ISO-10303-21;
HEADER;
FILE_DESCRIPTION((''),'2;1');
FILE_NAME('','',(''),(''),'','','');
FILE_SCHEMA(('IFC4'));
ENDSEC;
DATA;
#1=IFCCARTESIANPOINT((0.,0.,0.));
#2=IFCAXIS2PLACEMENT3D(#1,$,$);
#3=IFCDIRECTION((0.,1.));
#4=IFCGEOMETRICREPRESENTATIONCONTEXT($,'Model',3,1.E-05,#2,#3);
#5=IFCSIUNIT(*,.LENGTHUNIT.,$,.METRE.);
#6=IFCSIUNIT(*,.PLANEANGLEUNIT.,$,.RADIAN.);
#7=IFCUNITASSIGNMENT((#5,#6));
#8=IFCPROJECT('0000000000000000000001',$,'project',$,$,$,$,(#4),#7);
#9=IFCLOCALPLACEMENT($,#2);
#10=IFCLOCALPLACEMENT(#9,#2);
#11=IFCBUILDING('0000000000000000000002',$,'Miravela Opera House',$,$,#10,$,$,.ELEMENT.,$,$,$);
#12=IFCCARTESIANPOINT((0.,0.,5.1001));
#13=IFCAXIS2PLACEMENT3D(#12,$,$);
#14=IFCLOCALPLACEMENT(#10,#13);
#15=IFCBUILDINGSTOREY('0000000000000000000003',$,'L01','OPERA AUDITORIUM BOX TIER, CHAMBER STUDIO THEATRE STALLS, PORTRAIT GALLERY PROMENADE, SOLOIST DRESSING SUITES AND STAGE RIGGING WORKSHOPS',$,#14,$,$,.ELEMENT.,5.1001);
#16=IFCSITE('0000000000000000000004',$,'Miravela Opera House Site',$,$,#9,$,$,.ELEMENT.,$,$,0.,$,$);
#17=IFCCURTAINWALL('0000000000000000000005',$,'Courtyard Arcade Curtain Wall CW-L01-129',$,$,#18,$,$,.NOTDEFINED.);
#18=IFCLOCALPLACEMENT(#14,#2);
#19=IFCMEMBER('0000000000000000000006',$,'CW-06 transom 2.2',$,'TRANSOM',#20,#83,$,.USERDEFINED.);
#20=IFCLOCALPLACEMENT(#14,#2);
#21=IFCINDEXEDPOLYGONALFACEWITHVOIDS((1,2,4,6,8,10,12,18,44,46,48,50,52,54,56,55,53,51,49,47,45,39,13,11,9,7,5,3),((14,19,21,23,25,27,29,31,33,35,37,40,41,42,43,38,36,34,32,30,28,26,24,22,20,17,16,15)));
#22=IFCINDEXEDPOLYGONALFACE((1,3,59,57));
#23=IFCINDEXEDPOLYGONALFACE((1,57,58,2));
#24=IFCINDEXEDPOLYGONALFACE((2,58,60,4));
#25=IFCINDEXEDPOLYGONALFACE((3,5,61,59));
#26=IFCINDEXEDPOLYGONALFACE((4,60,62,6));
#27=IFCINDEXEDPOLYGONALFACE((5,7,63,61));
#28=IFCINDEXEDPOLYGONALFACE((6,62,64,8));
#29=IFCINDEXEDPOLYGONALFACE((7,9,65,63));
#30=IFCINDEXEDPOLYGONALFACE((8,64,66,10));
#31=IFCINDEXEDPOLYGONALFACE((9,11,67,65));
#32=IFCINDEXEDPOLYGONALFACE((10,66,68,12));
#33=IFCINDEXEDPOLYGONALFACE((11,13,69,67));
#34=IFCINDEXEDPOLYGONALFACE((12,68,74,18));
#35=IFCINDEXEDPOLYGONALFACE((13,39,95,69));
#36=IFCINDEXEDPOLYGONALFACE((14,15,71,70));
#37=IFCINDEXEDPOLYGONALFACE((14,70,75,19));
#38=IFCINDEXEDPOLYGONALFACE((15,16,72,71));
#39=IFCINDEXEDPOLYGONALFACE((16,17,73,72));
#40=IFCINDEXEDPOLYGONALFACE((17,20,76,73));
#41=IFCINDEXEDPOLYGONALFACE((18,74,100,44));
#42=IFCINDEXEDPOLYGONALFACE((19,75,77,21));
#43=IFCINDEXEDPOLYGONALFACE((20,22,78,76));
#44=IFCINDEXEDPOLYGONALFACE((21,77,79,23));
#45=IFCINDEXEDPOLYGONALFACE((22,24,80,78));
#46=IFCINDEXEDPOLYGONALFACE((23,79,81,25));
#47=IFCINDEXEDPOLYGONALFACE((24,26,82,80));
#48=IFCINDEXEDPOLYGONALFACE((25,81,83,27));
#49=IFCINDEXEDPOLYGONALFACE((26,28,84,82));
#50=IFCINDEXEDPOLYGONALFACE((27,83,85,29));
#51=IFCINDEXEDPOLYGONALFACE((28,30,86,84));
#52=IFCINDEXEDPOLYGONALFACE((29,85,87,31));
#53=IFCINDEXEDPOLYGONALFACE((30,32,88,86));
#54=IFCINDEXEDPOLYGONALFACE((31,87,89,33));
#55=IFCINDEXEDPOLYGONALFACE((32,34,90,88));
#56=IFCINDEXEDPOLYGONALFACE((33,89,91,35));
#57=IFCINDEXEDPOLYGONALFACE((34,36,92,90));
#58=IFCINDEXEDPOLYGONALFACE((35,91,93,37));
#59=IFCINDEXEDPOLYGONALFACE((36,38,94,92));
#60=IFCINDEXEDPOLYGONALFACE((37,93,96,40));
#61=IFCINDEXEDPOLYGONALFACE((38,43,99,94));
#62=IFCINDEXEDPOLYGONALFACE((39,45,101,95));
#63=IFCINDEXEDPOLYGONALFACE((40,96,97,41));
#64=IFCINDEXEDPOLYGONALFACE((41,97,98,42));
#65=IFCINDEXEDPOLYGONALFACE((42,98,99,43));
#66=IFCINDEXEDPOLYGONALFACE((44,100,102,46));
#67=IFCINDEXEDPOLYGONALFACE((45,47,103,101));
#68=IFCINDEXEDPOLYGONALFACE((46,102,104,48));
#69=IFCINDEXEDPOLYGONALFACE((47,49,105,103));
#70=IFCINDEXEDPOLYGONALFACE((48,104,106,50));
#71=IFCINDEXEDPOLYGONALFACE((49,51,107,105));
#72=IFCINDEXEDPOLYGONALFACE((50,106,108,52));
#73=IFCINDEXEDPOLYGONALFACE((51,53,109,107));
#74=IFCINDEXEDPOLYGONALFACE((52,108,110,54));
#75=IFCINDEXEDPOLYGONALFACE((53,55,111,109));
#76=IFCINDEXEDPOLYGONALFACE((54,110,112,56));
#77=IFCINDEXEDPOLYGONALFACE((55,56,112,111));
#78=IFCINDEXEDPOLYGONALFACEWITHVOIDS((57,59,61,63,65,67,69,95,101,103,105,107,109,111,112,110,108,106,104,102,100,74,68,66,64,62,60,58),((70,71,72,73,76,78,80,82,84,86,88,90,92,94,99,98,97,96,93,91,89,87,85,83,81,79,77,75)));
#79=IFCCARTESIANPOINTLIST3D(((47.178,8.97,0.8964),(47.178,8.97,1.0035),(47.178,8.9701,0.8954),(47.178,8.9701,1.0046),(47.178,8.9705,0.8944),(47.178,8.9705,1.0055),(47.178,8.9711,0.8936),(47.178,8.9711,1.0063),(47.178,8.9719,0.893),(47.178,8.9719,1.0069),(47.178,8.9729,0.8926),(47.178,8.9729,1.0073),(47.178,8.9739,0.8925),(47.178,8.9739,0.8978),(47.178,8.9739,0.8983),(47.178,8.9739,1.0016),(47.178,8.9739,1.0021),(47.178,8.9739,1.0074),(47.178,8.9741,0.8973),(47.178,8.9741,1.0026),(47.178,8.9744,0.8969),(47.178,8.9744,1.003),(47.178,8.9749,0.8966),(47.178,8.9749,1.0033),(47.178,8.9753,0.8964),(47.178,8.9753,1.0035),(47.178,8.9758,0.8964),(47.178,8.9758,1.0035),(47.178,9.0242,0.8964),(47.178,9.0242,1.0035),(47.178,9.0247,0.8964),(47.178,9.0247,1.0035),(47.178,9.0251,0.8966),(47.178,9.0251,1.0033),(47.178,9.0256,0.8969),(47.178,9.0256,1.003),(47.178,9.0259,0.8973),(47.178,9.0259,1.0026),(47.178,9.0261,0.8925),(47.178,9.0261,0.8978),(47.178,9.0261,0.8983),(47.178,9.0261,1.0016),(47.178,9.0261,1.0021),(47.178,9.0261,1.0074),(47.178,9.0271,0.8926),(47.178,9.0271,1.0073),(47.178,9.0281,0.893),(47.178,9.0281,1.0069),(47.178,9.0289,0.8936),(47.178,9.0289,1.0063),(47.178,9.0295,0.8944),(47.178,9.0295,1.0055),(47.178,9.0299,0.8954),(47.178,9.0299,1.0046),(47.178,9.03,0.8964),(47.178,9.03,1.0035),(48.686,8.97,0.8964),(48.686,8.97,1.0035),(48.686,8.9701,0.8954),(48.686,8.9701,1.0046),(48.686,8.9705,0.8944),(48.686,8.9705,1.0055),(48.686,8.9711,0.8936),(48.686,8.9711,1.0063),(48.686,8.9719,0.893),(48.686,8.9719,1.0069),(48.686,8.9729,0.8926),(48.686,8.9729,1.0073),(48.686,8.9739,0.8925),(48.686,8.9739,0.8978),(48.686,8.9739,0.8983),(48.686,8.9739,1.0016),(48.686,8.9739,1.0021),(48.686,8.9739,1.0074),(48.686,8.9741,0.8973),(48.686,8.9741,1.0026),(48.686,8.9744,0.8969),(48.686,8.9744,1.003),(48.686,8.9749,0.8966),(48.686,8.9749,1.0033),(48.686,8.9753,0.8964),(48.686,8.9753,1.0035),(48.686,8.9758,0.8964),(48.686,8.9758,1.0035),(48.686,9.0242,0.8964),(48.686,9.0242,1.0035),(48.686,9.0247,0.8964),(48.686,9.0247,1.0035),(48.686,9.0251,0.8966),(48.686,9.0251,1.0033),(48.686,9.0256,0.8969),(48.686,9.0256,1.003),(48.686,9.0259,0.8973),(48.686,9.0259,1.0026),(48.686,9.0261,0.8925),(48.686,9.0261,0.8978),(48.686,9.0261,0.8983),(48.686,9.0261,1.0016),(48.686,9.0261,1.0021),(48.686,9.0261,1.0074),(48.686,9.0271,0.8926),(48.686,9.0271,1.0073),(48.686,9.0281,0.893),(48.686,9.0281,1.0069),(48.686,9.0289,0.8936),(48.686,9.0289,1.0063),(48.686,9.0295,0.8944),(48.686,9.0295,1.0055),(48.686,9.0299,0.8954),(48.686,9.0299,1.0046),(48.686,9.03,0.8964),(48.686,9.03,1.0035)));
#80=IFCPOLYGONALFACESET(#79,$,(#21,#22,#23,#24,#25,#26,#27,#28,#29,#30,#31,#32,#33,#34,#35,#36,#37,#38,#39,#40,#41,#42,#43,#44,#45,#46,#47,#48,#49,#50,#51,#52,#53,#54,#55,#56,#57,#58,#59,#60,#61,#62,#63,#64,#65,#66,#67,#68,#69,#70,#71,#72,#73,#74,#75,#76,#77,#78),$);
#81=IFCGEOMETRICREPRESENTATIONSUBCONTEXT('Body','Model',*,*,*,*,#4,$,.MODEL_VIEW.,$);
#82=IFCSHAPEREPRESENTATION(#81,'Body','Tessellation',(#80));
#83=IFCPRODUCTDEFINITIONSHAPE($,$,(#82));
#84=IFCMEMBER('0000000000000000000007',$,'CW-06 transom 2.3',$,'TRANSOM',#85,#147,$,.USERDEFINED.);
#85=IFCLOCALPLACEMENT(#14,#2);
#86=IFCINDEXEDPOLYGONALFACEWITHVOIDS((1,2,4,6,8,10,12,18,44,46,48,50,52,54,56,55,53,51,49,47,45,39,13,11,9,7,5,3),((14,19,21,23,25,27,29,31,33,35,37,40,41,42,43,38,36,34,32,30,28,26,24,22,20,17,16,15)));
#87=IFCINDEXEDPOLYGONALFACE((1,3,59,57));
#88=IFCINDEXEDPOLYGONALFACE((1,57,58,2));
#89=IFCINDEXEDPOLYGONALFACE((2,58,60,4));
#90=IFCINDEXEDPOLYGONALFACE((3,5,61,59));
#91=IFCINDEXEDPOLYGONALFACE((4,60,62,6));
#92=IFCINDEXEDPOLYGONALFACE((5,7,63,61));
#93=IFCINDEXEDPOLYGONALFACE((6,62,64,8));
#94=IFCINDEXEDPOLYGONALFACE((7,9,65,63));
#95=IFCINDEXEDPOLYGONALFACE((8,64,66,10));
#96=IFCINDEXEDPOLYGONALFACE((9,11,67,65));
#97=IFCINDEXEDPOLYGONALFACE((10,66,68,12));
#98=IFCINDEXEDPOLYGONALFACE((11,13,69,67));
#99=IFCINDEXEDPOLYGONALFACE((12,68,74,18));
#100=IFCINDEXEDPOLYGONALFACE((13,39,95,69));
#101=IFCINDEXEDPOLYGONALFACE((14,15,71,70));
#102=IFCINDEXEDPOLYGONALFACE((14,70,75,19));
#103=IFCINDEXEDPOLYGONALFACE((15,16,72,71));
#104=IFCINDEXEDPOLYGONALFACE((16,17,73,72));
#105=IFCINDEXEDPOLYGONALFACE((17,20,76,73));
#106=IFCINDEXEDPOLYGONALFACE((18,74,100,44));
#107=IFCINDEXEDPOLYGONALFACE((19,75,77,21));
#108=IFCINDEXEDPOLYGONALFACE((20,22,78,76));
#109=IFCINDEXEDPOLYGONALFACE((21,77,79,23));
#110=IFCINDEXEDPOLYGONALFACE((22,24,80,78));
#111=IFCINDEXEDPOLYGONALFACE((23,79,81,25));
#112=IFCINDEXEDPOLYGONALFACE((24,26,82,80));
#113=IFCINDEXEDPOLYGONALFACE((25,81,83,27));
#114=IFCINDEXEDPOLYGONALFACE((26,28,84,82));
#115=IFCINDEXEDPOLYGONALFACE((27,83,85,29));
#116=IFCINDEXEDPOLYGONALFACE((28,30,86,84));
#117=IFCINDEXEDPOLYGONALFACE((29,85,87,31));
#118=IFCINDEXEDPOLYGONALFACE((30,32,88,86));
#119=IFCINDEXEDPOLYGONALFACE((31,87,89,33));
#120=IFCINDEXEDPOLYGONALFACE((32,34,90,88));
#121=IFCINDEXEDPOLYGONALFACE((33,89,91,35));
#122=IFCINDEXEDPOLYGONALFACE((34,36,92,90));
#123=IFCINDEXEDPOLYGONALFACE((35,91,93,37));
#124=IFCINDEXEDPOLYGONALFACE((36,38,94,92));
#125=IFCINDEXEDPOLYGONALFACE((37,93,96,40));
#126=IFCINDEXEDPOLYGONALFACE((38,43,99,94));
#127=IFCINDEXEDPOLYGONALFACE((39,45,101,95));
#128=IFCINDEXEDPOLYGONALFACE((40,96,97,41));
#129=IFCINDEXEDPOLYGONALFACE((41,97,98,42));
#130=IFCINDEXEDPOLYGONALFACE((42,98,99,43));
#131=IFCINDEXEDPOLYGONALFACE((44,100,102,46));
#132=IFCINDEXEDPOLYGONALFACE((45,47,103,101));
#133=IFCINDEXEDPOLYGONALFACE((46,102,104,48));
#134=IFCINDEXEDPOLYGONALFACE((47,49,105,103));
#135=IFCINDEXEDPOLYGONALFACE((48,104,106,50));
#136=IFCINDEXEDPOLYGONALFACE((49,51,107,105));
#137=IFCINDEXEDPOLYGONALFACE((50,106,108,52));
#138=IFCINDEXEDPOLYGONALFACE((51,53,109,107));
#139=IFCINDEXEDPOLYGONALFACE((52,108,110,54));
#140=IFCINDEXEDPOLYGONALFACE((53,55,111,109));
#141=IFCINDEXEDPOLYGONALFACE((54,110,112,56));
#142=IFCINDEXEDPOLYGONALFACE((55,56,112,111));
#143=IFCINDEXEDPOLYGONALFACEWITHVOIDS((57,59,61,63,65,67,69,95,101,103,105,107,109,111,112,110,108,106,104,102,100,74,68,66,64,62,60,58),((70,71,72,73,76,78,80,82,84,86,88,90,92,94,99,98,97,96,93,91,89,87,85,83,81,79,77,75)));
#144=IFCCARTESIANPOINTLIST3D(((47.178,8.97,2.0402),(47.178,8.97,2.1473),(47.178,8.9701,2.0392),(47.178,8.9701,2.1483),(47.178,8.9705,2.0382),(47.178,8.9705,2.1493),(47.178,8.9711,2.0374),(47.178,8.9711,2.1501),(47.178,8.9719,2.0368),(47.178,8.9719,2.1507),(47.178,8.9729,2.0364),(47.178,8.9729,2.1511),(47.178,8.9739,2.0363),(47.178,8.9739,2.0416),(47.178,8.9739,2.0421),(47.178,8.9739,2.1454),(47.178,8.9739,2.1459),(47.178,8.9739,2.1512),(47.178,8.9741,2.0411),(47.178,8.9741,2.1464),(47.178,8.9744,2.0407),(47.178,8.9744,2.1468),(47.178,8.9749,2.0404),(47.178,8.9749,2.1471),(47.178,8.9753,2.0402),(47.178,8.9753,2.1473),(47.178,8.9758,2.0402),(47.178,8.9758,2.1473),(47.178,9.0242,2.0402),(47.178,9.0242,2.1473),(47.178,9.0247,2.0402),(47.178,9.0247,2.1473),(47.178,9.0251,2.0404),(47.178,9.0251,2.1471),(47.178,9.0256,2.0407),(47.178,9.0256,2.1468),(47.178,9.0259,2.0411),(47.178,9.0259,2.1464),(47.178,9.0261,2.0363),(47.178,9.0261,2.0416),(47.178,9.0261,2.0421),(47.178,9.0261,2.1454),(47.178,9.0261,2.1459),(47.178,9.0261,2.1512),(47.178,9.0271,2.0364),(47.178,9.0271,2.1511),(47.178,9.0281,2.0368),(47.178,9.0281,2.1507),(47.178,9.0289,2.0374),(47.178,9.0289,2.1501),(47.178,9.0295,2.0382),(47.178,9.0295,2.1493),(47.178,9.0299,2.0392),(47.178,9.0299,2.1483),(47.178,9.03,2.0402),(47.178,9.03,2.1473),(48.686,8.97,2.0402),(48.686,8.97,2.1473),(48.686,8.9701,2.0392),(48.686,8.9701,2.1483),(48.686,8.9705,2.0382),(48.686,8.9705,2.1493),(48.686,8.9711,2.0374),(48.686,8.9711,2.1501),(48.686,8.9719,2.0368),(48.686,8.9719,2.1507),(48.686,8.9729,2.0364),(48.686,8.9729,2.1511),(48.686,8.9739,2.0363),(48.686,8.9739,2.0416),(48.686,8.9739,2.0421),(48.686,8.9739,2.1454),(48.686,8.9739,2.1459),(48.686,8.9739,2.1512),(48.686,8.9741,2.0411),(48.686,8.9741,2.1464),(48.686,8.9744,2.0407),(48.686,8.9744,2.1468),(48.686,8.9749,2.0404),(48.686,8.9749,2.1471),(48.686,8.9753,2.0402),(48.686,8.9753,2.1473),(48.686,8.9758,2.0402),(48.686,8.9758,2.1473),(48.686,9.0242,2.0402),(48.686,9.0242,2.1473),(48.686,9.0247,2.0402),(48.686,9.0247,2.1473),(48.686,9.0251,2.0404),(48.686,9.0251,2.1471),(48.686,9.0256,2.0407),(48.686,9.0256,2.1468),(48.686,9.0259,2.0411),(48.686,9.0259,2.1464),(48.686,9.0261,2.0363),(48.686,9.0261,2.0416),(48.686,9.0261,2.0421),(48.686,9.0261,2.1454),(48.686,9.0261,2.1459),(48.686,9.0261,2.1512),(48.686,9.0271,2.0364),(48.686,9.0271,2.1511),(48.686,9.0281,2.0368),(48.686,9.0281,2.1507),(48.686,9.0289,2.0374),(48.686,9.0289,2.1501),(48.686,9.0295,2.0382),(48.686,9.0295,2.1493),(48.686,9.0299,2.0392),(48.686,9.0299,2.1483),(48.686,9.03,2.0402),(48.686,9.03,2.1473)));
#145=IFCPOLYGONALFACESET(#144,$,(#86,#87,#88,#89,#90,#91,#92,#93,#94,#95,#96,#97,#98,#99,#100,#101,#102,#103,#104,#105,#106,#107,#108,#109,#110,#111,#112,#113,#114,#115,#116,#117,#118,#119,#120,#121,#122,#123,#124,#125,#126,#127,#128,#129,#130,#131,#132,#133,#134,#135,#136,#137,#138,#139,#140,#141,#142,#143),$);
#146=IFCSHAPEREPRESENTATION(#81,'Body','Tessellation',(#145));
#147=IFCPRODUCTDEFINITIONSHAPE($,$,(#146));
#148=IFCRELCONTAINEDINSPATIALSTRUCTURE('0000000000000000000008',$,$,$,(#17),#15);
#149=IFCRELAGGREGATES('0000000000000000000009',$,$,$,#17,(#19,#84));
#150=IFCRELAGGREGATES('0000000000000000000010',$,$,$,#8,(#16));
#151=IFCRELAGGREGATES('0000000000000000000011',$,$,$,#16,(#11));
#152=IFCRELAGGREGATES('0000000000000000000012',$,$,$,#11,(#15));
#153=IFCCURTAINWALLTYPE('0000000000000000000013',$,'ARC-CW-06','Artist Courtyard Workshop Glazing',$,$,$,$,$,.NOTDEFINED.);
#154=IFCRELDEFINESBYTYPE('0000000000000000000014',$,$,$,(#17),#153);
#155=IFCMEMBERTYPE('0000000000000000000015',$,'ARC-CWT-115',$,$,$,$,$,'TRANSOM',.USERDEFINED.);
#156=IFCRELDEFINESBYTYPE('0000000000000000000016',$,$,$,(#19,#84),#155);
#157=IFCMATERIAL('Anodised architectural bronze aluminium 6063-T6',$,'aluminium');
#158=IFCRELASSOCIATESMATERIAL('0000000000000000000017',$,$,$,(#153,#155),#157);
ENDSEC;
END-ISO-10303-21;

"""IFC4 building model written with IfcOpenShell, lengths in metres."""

from ifc_helpers import new_model, si_unit, direction, frame, origin, origin_2d, place, context, subcontext, project, spatial, hollow_rectangle, extrude, material, material_profile, profile_set, type_object, element, aggregate, save


model = new_model("IFC4")

# Units and contexts
model_context = context("Model", 3, precision=1e-05, world=origin(), true_north=direction((0.0, 1.0)))
body_context = subcontext(model_context, "Body", "Model", "MODEL_VIEW")
ifc_project = project(units=[si_unit("LENGTHUNIT", "METRE"), si_unit("PLANEANGLEUNIT", "RADIAN")], contexts=[model_context])

# Site, building, storey
site_placement = place(None, origin())
site = spatial("IfcSite", under=ifc_project, at=site_placement, Name="Miravela Opera House Site", CompositionType="ELEMENT", RefElevation=0.0)
building_placement = place(site_placement, origin())
building = spatial("IfcBuilding", under=site, at=building_placement, Name="Miravela Opera House", CompositionType="ELEMENT")
storey_placement = place(building_placement, frame((0.0, 0.0, 5.1001)))
storey = spatial("IfcBuildingStorey", under=building, at=storey_placement, Name="L01", Description="OPERA AUDITORIUM BOX TIER, CHAMBER STUDIO THEATRE STALLS, PORTRAIT GALLERY PROMENADE, SOLOIST DRESSING SUITES AND STAGE RIGGING WORKSHOPS", CompositionType="ELEMENT", Elevation=5.1001)

# Curtain wall, members
ifc_material_1 = material(Name="Anodised architectural bronze aluminium 6063-T6", Category="aluminium")
curtain_wall_type = type_object("IfcCurtainWallType", Name="ARC-CW-06", Description="Artist Courtyard Workshop Glazing", PredefinedType="NOTDEFINED", material=ifc_material_1)
curtain_wall_placement = place(storey_placement, origin())
curtain_wall = element("IfcCurtainWall", 1, at=curtain_wall_placement, inside=storey, type_object=curtain_wall_type, Name="Courtyard Arcade Curtain Wall CW-L01-129", PredefinedType="NOTDEFINED")
ifc_material_profile_1 = material_profile(ifc_material_1, hollow_rectangle(XDim=0.0601, YDim=0.115, WallThickness=0.0039, InnerFilletRadius=0.002, OuterFilletRadius=0.0039, at=origin_2d()), Name="CWT-60X115")
ifc_profile_set_1 = profile_set([ifc_material_profile_1])
member_type_1 = type_object("IfcMemberType", Name="ARC-CWT-115", ElementType="TRANSOM", PredefinedType="USERDEFINED", material=ifc_profile_set_1)
member_1_placement = place(storey_placement, frame((47.178, 9.0, 0.95), z_axis=(1.0, 0.0, 0.0), x_axis=(0.0, 1.0, 0.0)))
member_1 = element("IfcMember", 2, at=member_1_placement, type_object=member_type_1, Name="CW-06 transom 2.2", ObjectType="TRANSOM", PredefinedType="USERDEFINED", context=body_context, shape_type="SweptSolid", body=[
    extrude(hollow_rectangle(XDim=0.0601, YDim=0.115, WallThickness=0.0039, InnerFilletRadius=0.002, OuterFilletRadius=0.0039, at=origin_2d()), origin(), (0.0, 0.0, 1.0), 1.5081),
])
member_2_placement = place(storey_placement, frame((47.178, 9.0, 2.0938), z_axis=(1.0, 0.0, 0.0), x_axis=(0.0, 1.0, 0.0)))
member_2 = element("IfcMember", 3, at=member_2_placement, type_object=member_type_1, Name="CW-06 transom 2.3", ObjectType="TRANSOM", PredefinedType="USERDEFINED", context=body_context, shape_type="SweptSolid", body=[
    extrude(hollow_rectangle(XDim=0.0601, YDim=0.115, WallThickness=0.0039, InnerFilletRadius=0.002, OuterFilletRadius=0.0039, at=origin_2d()), origin(), (0.0, 0.0, 1.0), 1.5081),
])

aggregate(curtain_wall, [member_1, member_2])

save(model, "model.ifc")
